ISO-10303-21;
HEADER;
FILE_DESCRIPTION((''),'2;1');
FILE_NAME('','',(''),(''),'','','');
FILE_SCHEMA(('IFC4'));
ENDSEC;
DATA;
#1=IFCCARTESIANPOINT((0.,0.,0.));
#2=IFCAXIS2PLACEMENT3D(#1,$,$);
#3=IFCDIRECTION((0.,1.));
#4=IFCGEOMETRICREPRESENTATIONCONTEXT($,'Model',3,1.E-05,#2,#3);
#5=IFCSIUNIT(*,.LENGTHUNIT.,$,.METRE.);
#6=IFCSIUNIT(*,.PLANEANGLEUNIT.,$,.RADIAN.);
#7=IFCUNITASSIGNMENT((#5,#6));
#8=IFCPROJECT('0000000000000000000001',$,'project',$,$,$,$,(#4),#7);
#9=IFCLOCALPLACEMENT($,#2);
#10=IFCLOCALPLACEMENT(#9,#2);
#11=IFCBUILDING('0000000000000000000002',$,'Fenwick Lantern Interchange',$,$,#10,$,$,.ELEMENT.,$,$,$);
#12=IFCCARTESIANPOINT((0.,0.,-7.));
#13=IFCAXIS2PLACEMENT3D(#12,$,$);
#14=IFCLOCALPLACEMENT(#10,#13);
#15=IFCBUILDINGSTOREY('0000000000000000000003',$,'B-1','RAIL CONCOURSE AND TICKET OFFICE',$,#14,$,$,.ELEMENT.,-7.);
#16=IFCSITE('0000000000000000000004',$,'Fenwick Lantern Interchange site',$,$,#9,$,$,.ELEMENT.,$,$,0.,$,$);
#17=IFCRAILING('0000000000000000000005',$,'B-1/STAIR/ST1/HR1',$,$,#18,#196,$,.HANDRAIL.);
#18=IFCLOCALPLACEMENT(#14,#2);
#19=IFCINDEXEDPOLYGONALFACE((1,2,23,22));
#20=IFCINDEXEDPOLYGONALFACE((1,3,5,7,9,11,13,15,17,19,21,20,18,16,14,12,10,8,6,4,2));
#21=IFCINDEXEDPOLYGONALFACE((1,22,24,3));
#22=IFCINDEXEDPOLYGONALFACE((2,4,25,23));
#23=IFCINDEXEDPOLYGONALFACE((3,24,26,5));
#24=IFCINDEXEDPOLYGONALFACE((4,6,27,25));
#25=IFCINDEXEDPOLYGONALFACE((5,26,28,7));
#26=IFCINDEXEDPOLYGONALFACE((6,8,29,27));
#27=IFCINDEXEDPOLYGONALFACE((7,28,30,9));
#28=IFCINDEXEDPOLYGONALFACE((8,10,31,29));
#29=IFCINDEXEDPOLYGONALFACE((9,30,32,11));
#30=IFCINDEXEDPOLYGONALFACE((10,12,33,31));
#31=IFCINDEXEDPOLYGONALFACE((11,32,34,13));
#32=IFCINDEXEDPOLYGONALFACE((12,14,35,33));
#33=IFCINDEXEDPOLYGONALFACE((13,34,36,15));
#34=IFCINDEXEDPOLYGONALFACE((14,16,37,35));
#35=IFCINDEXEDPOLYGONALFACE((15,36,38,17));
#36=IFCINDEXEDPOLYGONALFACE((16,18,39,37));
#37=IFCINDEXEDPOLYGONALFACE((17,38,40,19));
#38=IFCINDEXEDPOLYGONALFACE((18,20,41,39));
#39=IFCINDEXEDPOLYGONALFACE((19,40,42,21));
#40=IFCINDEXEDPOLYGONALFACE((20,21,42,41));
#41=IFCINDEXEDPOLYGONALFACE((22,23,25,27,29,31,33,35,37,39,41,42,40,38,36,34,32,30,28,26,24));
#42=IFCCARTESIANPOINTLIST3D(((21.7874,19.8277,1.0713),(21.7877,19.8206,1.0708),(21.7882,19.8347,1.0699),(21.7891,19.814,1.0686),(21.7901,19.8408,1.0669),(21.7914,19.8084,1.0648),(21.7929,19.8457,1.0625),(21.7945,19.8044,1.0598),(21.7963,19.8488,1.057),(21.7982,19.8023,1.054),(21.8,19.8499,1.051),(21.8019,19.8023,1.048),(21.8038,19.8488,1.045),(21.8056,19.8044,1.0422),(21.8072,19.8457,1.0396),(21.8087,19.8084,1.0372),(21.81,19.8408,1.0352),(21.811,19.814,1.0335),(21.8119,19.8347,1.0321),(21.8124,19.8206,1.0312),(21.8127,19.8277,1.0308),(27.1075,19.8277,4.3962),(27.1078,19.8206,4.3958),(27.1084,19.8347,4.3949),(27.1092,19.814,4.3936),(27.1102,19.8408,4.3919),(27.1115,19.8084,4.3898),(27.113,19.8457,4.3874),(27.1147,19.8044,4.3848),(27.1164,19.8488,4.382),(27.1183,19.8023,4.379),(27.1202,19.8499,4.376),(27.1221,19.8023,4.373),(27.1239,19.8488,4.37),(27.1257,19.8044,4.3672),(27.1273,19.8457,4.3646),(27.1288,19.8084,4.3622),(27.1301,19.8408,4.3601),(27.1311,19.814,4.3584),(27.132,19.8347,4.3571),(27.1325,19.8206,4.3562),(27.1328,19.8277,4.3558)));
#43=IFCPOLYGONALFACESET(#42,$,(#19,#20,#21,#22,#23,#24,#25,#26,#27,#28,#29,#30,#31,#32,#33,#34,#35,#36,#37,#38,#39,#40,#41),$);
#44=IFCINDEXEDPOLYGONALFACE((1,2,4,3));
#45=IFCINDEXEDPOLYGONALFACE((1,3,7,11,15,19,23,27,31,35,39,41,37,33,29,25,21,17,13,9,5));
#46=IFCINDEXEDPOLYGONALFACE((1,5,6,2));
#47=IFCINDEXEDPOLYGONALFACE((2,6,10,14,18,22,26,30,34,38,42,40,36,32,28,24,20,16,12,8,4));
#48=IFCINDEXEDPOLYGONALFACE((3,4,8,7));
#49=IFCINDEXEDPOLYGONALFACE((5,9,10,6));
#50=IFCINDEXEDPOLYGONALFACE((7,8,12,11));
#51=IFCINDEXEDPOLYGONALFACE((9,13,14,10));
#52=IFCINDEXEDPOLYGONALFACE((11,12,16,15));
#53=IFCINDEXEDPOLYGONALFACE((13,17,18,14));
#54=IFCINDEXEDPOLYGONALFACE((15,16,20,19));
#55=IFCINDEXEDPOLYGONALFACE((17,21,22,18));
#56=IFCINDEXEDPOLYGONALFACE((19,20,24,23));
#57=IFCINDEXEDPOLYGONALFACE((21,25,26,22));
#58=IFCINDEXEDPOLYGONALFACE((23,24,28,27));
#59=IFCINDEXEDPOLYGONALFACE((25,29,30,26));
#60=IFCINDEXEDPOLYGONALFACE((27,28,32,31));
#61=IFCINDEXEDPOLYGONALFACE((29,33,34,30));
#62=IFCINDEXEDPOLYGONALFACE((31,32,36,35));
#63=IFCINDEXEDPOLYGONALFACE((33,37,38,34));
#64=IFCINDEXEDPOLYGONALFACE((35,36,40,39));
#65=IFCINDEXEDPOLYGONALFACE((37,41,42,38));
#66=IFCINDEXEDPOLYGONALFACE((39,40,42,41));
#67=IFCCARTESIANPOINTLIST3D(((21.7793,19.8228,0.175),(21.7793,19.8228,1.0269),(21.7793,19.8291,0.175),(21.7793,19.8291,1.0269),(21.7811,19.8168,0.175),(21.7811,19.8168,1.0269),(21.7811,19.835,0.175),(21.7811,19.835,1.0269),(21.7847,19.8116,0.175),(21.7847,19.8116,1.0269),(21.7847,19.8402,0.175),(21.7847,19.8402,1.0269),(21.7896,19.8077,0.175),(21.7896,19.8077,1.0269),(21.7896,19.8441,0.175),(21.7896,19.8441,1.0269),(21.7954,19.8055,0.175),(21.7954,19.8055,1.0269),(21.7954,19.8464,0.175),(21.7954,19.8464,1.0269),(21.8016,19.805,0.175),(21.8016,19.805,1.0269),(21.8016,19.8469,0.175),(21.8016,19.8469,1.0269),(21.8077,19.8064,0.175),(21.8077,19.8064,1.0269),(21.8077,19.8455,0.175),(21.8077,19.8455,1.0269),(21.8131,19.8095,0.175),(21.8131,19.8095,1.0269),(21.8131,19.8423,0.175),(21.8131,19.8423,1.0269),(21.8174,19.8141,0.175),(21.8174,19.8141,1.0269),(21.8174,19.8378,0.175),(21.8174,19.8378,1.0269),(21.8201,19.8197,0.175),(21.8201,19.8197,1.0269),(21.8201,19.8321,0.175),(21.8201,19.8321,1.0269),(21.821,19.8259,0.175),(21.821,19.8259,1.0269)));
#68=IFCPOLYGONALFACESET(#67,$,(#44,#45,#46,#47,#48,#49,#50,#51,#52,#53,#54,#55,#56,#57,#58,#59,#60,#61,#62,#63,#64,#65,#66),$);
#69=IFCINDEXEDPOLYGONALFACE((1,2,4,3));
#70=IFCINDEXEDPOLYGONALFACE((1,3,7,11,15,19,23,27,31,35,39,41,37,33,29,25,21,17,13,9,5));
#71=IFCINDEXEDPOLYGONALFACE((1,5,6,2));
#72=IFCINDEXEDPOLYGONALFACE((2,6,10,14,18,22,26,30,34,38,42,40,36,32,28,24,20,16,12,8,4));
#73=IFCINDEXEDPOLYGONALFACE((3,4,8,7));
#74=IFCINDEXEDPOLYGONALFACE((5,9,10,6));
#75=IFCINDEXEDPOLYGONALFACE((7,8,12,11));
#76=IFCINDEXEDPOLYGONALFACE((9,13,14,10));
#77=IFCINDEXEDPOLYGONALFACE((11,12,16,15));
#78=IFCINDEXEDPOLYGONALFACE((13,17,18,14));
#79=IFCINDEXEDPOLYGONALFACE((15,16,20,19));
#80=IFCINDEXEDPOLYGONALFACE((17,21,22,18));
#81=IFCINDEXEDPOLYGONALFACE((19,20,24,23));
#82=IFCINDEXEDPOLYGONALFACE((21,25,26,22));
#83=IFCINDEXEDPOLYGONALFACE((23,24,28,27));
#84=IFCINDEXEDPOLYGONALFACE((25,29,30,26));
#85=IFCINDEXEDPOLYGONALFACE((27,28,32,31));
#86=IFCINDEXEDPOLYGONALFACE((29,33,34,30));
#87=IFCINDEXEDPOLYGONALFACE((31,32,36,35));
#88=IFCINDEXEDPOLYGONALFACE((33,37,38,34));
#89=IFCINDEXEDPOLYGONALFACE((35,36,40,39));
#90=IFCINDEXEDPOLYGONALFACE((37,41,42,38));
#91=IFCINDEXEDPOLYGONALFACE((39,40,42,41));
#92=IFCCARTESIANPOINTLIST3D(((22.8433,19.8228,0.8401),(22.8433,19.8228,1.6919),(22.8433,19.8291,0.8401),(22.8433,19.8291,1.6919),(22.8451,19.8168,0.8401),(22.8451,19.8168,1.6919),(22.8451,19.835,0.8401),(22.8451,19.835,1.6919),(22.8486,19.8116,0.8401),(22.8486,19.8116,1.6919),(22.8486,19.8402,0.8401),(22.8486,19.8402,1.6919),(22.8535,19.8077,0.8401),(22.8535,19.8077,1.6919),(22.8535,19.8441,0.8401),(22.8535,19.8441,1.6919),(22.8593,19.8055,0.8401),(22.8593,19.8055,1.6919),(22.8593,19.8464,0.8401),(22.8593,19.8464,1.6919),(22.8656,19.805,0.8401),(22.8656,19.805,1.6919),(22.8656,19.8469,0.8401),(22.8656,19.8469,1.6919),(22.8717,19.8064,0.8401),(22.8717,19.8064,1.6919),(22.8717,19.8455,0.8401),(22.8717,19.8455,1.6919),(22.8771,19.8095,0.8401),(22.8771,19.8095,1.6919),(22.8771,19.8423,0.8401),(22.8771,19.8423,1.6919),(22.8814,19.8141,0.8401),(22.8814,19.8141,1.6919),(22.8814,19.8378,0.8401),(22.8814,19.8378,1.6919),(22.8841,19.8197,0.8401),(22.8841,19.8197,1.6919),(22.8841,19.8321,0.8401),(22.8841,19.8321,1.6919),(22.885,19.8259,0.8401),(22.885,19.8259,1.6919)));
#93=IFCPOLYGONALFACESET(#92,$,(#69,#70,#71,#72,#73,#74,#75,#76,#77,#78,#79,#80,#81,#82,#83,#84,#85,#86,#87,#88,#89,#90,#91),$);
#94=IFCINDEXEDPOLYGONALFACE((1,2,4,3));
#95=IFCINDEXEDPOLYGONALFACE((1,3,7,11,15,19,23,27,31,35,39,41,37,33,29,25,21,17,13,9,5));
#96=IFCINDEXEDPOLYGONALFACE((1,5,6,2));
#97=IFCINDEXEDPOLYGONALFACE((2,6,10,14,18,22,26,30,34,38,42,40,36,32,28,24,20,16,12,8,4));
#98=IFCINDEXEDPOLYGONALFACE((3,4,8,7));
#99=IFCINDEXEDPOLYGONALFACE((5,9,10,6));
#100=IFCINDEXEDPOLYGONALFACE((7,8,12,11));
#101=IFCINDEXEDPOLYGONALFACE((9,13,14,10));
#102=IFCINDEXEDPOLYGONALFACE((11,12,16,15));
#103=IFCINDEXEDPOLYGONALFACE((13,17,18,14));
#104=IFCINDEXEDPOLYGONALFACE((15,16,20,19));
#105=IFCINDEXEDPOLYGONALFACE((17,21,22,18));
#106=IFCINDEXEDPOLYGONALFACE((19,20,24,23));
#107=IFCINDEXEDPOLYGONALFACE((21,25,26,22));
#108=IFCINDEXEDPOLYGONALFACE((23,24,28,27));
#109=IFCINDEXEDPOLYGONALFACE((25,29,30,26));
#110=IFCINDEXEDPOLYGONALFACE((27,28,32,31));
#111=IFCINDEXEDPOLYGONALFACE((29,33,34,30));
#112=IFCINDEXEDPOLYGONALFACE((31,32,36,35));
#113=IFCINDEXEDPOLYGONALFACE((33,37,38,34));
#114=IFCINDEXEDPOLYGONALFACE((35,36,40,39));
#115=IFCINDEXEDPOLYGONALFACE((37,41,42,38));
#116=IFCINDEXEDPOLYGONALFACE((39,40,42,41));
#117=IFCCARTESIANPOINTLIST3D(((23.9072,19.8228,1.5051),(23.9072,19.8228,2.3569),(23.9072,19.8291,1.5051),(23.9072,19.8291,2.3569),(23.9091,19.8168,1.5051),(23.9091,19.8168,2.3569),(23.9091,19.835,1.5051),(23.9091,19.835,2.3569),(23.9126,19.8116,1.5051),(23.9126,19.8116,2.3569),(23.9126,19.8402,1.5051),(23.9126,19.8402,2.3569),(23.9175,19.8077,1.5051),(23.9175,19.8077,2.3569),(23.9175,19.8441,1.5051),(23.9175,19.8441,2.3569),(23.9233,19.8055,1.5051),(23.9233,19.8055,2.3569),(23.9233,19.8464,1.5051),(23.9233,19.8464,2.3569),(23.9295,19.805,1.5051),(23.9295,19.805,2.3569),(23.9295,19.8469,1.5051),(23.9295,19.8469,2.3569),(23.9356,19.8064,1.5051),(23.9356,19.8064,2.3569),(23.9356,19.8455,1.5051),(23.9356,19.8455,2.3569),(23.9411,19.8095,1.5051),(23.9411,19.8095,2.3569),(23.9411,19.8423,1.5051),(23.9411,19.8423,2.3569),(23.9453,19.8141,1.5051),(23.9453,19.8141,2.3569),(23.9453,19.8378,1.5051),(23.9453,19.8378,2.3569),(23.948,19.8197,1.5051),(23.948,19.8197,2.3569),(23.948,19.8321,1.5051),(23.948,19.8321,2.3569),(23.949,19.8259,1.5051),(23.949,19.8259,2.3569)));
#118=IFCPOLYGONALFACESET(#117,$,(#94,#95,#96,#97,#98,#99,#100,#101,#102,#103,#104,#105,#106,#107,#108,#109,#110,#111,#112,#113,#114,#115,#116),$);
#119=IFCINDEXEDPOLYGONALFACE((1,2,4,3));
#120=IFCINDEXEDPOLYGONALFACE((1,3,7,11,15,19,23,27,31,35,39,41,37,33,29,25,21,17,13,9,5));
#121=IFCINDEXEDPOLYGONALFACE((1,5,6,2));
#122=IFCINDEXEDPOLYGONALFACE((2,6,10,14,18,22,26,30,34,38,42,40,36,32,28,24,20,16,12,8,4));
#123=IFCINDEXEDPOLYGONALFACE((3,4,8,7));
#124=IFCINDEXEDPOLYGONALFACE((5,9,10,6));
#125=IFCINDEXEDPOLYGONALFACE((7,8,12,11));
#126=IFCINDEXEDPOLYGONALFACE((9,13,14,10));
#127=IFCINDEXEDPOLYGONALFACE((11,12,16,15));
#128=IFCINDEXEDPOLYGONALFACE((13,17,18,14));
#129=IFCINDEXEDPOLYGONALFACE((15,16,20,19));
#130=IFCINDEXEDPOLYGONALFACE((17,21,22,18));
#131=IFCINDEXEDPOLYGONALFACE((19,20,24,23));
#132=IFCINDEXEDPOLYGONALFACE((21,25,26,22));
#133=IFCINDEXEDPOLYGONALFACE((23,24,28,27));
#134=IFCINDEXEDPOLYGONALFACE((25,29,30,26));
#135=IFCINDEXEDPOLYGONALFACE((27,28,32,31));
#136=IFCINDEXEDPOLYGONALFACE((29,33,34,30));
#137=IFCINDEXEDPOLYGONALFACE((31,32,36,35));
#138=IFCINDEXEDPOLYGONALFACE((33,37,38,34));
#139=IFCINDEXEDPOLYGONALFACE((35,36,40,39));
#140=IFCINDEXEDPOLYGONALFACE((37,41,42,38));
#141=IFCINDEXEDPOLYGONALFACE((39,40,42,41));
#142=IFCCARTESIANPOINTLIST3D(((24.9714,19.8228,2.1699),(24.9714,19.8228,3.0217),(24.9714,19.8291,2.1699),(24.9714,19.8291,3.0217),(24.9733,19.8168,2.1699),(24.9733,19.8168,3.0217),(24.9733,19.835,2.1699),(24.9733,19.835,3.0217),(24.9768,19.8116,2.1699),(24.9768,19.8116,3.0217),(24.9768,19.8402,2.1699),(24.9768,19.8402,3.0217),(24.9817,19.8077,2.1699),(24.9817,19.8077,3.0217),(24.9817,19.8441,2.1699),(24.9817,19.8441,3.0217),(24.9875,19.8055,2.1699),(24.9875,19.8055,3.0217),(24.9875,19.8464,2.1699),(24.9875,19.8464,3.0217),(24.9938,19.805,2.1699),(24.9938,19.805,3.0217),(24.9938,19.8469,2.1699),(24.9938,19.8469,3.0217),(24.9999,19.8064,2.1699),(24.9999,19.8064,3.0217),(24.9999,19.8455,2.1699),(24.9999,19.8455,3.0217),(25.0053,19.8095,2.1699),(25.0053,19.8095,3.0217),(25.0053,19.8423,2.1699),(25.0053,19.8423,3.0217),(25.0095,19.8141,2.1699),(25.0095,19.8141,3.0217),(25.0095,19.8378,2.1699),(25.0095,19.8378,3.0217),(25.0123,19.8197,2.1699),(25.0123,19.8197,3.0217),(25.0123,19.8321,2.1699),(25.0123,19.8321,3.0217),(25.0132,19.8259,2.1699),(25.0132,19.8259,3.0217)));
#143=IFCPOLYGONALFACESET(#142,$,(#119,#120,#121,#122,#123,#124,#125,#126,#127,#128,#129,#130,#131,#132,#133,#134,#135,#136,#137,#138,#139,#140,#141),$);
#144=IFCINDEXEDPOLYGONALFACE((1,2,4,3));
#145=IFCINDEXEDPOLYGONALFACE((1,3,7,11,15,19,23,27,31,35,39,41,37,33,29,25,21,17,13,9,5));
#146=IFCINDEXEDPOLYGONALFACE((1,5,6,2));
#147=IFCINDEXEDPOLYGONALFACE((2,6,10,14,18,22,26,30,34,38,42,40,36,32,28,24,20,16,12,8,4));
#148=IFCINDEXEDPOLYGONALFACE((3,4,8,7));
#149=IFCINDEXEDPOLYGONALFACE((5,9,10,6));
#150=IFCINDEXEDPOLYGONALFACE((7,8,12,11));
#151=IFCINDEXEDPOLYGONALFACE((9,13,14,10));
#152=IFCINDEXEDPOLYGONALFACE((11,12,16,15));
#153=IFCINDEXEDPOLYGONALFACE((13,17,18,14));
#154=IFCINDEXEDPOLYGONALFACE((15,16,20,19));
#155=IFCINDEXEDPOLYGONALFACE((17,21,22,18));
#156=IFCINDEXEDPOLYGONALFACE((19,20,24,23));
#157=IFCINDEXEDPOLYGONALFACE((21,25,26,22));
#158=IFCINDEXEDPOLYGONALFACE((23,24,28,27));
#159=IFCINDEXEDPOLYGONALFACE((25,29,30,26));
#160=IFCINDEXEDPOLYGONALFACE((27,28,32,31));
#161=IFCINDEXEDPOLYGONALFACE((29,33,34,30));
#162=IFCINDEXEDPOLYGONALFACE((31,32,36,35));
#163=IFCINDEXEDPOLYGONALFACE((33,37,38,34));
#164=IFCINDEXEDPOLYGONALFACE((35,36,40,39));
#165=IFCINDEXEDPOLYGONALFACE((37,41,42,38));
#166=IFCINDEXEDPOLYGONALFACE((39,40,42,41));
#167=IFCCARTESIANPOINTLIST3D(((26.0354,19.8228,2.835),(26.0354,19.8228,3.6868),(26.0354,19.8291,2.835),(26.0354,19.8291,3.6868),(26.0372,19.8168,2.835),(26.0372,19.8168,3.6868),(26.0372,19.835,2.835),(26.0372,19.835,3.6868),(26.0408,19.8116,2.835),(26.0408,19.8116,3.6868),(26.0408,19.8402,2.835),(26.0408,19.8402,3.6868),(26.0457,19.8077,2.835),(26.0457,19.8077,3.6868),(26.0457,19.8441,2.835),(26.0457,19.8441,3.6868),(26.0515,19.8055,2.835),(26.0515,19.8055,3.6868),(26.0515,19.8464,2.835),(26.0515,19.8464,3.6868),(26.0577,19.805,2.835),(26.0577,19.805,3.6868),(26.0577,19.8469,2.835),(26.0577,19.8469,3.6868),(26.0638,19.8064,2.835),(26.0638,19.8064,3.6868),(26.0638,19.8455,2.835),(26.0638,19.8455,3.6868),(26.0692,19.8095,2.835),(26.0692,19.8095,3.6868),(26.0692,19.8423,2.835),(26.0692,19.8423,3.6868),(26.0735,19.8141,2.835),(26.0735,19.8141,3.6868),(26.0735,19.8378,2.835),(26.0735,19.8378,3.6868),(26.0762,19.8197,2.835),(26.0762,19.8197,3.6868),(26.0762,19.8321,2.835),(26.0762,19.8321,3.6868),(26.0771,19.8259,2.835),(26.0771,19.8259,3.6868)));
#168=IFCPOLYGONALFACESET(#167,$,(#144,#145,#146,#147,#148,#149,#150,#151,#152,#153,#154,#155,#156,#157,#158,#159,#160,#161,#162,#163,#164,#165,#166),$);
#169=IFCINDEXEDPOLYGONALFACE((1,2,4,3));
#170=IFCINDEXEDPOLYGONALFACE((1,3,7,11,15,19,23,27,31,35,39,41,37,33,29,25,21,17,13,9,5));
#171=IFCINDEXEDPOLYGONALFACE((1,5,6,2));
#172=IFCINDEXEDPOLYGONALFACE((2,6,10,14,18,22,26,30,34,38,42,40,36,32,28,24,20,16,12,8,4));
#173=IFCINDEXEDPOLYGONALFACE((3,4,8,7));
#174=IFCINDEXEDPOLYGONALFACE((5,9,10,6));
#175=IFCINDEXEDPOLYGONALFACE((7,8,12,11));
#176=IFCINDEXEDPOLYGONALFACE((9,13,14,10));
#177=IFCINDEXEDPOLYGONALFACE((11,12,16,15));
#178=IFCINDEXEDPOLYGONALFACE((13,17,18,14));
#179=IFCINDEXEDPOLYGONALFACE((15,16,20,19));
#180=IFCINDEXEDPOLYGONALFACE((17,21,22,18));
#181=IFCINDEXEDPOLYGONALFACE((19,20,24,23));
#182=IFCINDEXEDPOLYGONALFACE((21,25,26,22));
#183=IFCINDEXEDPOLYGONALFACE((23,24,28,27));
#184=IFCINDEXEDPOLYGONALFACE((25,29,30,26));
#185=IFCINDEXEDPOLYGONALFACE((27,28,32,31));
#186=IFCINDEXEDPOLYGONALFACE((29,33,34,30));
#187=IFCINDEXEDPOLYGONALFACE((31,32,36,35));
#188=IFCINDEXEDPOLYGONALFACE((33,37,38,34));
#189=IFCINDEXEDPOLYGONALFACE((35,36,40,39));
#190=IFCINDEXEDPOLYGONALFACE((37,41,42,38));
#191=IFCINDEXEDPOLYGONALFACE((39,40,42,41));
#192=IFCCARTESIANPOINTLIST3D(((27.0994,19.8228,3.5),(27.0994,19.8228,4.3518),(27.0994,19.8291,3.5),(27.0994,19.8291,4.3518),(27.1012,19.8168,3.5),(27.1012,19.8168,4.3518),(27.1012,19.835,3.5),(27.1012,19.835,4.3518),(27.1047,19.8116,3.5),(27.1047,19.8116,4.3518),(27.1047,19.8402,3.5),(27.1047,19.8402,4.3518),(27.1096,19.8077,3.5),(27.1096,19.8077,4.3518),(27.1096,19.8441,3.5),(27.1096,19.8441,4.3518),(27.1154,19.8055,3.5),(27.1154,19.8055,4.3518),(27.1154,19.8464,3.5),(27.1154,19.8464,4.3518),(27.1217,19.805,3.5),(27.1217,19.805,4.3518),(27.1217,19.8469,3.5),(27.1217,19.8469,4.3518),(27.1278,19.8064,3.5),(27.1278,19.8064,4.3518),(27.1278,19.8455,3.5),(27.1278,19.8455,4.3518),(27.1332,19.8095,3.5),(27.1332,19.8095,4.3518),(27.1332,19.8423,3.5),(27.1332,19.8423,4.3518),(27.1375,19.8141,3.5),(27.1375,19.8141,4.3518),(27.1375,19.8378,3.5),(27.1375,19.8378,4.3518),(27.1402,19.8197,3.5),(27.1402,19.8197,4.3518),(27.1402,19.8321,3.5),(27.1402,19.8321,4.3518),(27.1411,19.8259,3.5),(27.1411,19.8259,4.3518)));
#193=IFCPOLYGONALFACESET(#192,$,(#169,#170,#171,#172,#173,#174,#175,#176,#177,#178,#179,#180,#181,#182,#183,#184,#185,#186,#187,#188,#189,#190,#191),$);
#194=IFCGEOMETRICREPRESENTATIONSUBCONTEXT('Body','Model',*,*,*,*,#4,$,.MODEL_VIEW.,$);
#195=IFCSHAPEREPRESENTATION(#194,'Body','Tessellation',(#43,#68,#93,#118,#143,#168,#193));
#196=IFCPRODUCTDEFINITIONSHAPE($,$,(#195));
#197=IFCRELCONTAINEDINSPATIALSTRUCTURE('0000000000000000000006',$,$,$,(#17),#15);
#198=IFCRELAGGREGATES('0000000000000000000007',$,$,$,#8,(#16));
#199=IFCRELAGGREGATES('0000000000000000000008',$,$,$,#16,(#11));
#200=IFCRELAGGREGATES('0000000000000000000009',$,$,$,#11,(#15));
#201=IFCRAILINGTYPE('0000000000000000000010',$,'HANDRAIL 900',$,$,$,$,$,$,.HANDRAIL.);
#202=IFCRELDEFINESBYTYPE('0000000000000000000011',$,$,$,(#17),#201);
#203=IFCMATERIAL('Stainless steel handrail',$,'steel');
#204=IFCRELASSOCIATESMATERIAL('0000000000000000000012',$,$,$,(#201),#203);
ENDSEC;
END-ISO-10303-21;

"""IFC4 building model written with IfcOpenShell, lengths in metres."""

from ifc_helpers import new_model, si_unit, direction, frame, origin, origin_2d, place, context, subcontext, project, spatial, circle, extrude, material, type_object, element, save


model = new_model("IFC4")

# Units and contexts
model_context = context("Model", 3, precision=1e-05, world=origin(), true_north=direction((0.0, 1.0)))
body_context = subcontext(model_context, "Body", "Model", "MODEL_VIEW")
ifc_project = project(units=[si_unit("LENGTHUNIT", "METRE"), si_unit("PLANEANGLEUNIT", "RADIAN")], contexts=[model_context])

# Site, building, storey
site_placement = place(None, origin())
site = spatial("IfcSite", under=ifc_project, at=site_placement, Name="Fenwick Lantern Interchange site", CompositionType="ELEMENT", RefElevation=0.0)
building_placement = place(site_placement, origin())
building = spatial("IfcBuilding", under=site, at=building_placement, Name="Fenwick Lantern Interchange", CompositionType="ELEMENT")
storey_placement = place(building_placement, frame((0.0, 0.0, -7.0)))
storey = spatial("IfcBuildingStorey", under=building, at=storey_placement, Name="B-1", Description="RAIL CONCOURSE AND TICKET OFFICE", CompositionType="ELEMENT", Elevation=-7.0)

# Railing
ifc_material_1 = material(Name="Stainless steel handrail", Category="steel")
railing_type = type_object("IfcRailingType", Name="HANDRAIL 900", PredefinedType="HANDRAIL", material=ifc_material_1)
railing_placement = place(storey_placement, frame((21.8, 19.8259, 0.175)))
element("IfcRailing", 1, at=railing_placement, inside=storey, type_object=railing_type, Name="B-1/STAIR/ST1/HR1", PredefinedType="HANDRAIL", context=body_context, shape_type="SweptSolid", body=[
    extrude(circle(Radius=0.0239, at=origin_2d()), frame((0.0, 0.0, 0.876), z_axis=(0.848005, 0.0, 0.529988), x_axis=(0.0, 1.0, 0.0)), (0.0, 0.0, 1.0), 6.2737),
    extrude(circle(Radius=0.021, at=origin_2d()), origin(), (0.0, 0.0, 1.0), 0.8518),
    extrude(circle(Radius=0.021, at=origin_2d()), frame((1.064, 0.0, 0.665)), (0.0, 0.0, 1.0), 0.8518),
    extrude(circle(Radius=0.021, at=origin_2d()), frame((2.1279, 0.0, 1.3301)), (0.0, 0.0, 1.0), 0.8518),
    extrude(circle(Radius=0.021, at=origin_2d()), frame((3.1921, 0.0, 1.9949)), (0.0, 0.0, 1.0), 0.8518),
    extrude(circle(Radius=0.021, at=origin_2d()), frame((4.2561, 0.0, 2.6599)), (0.0, 0.0, 1.0), 0.8518),
    extrude(circle(Radius=0.021, at=origin_2d()), frame((5.3201, 0.0, 3.325)), (0.0, 0.0, 1.0), 0.8518),
])

save(model, "model.ifc")
